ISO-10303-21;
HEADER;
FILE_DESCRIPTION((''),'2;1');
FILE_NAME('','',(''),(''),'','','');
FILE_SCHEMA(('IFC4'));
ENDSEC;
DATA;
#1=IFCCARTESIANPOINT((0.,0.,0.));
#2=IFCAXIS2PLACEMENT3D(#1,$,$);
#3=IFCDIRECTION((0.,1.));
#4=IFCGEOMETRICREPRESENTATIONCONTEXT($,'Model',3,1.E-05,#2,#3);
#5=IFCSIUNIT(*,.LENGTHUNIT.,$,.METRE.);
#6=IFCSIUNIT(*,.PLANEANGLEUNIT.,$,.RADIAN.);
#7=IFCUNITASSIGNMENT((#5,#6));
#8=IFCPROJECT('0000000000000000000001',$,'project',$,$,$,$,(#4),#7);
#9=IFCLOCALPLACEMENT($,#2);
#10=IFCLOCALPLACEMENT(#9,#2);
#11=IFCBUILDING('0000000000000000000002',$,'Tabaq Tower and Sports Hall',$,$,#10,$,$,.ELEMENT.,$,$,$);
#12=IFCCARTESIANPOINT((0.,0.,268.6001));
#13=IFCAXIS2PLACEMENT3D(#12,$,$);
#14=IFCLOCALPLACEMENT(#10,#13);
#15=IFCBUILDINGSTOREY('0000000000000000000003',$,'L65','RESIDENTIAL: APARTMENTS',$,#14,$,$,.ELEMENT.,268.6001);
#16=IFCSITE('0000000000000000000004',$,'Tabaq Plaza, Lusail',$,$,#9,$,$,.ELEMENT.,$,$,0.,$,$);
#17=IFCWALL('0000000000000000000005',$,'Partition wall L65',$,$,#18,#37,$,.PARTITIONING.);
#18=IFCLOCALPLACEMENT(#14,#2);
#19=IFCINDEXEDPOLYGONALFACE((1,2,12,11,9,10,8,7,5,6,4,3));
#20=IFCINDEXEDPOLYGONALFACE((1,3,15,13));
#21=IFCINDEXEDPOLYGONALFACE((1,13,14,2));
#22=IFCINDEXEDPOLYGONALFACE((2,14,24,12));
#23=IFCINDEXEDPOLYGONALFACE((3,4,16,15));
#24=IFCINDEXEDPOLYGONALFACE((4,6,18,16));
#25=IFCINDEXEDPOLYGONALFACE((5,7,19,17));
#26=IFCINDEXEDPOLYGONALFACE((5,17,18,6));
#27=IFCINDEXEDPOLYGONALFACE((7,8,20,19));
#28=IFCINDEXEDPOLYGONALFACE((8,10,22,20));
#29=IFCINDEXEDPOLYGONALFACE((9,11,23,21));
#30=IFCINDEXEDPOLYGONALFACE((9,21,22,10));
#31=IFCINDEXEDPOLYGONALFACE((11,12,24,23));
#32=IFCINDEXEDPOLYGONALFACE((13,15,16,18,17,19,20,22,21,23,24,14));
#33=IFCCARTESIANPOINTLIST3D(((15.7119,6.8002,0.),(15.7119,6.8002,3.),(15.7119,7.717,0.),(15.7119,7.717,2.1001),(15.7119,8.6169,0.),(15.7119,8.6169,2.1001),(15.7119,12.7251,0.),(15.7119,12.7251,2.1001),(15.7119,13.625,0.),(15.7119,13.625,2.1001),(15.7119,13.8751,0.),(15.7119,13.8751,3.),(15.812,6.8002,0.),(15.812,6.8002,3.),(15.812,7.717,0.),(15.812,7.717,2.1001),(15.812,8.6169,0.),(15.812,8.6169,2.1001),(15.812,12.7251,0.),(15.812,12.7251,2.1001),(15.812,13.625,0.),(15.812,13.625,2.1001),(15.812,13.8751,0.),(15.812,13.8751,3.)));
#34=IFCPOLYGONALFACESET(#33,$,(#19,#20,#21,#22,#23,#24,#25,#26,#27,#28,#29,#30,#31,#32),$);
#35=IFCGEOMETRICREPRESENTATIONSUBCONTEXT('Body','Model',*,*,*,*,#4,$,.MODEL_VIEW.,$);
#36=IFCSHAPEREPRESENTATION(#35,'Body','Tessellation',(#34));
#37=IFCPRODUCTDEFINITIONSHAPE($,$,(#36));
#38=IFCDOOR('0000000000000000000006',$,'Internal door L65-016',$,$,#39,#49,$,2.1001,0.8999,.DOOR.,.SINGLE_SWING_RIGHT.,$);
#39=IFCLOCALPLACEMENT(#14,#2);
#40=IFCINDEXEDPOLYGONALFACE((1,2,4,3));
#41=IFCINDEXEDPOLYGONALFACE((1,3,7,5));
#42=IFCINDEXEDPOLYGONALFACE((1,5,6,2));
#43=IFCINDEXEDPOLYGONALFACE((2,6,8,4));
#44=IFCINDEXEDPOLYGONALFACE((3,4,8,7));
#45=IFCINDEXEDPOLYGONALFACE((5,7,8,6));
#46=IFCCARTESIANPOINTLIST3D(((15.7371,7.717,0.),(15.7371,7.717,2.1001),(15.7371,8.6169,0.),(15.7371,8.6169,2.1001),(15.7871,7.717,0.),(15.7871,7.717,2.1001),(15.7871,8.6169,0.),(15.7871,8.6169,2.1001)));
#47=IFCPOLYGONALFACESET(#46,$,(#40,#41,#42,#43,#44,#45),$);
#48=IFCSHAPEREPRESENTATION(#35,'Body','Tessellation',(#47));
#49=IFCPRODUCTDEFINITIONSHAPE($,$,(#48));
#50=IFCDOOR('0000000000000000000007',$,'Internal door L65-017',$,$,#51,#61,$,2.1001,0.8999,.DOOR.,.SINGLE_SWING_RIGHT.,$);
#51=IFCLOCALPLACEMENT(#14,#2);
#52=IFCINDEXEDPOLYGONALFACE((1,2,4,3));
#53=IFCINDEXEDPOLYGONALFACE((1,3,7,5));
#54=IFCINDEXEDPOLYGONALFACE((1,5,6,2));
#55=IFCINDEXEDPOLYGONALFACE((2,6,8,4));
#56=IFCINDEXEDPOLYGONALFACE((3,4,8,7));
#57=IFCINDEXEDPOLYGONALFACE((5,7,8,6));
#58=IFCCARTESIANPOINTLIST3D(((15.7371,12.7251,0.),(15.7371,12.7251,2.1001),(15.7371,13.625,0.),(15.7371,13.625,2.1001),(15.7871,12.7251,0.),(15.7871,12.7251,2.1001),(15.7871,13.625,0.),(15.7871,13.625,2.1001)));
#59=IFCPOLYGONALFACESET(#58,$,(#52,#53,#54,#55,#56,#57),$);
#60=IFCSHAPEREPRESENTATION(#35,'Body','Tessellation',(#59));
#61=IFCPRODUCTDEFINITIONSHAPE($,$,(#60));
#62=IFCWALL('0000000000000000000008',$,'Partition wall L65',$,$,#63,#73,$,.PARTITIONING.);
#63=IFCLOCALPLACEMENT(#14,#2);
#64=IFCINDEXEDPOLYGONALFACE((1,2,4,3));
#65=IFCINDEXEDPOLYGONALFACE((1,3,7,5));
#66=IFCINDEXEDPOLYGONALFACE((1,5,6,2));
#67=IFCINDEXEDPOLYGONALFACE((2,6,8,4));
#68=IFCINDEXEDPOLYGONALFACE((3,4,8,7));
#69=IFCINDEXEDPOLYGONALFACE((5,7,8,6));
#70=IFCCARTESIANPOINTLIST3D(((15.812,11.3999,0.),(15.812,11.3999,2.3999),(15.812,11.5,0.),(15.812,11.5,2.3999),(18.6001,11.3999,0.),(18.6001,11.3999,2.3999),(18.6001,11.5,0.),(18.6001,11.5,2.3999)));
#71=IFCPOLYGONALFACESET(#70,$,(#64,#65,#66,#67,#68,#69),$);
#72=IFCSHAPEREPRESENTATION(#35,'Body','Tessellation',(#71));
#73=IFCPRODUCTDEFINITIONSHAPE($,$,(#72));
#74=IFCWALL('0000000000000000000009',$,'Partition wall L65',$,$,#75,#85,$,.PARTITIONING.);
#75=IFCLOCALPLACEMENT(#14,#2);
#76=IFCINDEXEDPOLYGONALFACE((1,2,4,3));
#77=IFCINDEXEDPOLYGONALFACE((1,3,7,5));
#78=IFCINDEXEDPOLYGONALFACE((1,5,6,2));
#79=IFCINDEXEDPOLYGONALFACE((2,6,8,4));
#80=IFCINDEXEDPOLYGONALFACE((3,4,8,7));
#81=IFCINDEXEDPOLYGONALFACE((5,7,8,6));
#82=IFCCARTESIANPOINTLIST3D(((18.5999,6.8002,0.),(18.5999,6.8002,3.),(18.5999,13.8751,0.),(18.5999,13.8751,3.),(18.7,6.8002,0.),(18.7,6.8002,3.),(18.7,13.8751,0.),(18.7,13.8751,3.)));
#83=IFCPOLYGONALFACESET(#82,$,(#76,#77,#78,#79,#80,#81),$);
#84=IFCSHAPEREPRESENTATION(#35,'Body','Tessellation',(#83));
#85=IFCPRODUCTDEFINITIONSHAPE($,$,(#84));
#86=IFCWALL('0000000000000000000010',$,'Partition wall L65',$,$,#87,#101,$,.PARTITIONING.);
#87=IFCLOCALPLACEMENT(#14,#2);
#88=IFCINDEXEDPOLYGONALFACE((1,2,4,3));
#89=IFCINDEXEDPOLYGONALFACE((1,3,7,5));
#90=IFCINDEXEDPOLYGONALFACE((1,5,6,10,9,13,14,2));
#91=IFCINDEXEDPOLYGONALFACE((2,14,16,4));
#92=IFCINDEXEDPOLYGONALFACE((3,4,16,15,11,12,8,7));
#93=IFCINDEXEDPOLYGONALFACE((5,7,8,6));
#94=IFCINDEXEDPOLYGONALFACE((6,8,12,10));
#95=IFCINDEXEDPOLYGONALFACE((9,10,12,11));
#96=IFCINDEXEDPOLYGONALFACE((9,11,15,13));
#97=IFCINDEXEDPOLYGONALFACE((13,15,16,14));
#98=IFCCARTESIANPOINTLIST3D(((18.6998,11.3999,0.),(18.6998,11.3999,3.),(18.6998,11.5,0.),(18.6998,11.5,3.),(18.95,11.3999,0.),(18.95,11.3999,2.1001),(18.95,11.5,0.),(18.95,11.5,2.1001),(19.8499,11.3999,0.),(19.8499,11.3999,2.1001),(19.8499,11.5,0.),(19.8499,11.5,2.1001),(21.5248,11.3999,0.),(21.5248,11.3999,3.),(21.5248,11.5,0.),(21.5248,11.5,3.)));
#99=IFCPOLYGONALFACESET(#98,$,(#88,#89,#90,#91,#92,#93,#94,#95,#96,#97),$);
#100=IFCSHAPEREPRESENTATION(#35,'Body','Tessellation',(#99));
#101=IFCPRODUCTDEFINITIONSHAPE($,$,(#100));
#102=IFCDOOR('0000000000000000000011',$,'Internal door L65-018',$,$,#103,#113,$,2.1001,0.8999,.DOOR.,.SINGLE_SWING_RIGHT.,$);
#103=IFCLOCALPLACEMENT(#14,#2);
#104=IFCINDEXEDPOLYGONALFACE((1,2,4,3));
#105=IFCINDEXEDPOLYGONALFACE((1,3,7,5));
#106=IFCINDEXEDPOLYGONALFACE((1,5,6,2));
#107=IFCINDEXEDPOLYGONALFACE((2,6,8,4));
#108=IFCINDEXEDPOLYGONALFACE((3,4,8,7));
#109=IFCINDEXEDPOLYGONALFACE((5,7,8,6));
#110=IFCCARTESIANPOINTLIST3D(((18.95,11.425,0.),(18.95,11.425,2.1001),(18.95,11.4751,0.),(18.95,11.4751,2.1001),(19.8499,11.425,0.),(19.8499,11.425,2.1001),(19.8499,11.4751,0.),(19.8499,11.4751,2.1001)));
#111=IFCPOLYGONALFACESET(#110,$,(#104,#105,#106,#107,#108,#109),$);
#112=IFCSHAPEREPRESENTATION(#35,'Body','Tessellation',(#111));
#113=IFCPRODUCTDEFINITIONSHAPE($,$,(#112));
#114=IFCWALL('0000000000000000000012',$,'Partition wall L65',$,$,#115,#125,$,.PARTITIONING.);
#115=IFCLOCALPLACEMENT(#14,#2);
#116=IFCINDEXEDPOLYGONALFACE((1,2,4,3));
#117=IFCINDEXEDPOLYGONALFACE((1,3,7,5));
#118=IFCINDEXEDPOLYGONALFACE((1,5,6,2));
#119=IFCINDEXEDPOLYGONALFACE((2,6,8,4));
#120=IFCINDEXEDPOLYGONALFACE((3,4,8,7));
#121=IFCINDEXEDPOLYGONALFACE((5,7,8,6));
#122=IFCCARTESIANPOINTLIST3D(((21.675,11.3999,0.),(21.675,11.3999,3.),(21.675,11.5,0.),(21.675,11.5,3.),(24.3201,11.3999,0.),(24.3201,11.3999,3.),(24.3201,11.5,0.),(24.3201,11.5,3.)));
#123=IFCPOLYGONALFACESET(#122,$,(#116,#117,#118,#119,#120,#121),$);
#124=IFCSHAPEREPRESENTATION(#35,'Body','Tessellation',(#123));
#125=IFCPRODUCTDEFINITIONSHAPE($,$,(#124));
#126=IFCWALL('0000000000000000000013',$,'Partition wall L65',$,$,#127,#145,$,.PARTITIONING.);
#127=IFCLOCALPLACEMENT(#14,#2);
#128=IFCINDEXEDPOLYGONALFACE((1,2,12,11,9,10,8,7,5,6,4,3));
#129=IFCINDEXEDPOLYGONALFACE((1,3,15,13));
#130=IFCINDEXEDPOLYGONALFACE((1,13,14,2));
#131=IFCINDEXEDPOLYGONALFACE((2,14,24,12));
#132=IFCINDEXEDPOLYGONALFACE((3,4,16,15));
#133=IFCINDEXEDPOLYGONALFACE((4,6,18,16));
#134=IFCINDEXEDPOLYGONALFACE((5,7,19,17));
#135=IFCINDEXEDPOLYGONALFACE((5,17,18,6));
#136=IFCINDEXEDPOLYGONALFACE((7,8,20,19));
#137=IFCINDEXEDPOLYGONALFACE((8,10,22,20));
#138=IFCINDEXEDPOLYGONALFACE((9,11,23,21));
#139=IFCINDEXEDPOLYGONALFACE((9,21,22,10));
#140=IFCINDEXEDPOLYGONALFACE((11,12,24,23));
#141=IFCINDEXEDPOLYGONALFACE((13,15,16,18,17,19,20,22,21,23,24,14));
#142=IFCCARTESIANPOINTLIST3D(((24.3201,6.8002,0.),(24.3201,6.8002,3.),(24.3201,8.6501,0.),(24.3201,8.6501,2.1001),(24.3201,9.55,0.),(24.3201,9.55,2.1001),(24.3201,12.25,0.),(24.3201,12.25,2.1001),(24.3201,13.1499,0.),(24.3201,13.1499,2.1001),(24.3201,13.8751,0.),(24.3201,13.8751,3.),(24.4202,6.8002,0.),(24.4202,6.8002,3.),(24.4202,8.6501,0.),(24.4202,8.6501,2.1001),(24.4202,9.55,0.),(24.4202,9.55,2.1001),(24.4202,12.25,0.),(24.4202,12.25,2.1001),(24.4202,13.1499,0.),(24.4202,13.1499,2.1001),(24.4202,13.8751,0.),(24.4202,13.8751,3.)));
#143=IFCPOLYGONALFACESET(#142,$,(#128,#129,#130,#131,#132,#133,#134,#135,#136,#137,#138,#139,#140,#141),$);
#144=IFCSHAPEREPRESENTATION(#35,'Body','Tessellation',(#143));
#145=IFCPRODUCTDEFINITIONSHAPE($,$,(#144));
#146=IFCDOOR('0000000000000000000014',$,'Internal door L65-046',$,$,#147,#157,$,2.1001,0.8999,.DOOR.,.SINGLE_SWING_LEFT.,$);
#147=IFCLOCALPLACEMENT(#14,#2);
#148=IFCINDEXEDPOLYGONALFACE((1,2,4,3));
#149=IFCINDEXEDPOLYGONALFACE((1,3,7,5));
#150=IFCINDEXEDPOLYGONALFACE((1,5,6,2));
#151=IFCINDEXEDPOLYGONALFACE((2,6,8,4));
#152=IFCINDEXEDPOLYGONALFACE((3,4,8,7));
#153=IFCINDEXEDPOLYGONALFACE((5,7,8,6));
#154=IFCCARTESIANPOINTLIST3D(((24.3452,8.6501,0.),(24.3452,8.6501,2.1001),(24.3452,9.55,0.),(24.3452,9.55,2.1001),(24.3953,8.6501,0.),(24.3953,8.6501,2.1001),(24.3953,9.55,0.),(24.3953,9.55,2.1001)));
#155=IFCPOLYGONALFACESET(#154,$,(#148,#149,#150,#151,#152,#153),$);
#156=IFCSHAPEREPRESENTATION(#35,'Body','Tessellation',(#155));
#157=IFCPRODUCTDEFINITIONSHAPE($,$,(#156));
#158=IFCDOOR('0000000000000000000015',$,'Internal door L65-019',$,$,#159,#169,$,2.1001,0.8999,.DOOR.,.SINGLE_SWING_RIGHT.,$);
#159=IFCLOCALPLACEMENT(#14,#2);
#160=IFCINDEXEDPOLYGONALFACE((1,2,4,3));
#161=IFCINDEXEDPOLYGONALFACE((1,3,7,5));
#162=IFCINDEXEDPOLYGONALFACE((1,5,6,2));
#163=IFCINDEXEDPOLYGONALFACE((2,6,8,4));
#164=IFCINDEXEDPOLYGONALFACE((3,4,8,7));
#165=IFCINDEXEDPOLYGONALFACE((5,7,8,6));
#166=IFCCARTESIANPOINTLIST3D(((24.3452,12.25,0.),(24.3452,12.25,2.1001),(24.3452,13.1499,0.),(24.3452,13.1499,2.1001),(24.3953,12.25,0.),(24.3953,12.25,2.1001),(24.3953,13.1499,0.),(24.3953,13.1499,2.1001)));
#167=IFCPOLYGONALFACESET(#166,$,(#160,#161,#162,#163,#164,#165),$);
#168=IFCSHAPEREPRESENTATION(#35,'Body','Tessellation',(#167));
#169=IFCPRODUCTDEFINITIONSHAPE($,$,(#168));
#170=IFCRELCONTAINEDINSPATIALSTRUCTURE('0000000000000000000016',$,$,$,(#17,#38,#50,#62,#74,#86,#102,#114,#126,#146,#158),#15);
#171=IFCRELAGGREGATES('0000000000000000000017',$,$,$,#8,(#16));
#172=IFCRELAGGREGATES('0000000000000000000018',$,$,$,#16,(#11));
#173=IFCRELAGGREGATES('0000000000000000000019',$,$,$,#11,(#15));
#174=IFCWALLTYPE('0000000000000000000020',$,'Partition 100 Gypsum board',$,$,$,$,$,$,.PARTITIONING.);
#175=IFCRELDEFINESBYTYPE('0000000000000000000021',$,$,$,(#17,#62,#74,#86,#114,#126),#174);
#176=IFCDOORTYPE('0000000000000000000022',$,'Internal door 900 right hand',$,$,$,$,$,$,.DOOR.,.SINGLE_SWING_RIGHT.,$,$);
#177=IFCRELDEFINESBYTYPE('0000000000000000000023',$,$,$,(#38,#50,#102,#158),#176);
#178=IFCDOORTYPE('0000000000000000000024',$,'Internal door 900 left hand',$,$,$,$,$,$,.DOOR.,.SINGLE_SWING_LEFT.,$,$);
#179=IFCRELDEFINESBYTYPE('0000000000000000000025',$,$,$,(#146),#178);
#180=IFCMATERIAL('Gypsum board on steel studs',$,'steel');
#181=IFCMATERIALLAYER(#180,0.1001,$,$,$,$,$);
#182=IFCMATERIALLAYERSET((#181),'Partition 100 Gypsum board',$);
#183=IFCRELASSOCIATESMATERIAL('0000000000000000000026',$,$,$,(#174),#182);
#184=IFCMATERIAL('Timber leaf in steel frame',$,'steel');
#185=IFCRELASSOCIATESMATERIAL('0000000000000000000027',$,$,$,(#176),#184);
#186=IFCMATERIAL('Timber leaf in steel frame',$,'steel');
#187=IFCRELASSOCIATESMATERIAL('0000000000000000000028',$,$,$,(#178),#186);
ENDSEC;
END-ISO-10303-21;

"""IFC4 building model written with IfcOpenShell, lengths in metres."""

from ifc_helpers import new_model, si_unit, direction, frame, frame_2d, origin, place, context, subcontext, project, spatial, rectangle, extrude, material, layer, layer_set, type_object, element, fill, save


model = new_model("IFC4")

# Units and contexts
model_context = context("Model", 3, precision=1e-05, world=origin(), true_north=direction((0.0, 1.0)))
body_context = subcontext(model_context, "Body", "Model", "MODEL_VIEW")
ifc_project = project(units=[si_unit("LENGTHUNIT", "METRE"), si_unit("PLANEANGLEUNIT", "RADIAN")], contexts=[model_context])

# Site, building, storey
site_placement = place(None, origin())
site = spatial("IfcSite", under=ifc_project, at=site_placement, Name="Tabaq Plaza, Lusail", CompositionType="ELEMENT", RefElevation=0.0)
building_placement = place(site_placement, origin())
building = spatial("IfcBuilding", under=site, at=building_placement, Name="Tabaq Tower and Sports Hall", CompositionType="ELEMENT")
storey_placement = place(building_placement, frame((0.0, 0.0, 268.6001)))
storey = spatial("IfcBuildingStorey", under=building, at=storey_placement, Name="L65", Description="RESIDENTIAL: APARTMENTS", CompositionType="ELEMENT", Elevation=268.6001)

# Shared definitions
ifc_material_1 = material(Name="Gypsum board on steel studs", Category="steel")
ifc_layer_1 = layer(ifc_material_1, 0.1001)
ifc_layer_set_1 = layer_set([ifc_layer_1], Name="Partition 100 Gypsum board")
wall_type_1 = type_object("IfcWallType", Name="Partition 100 Gypsum board", PredefinedType="PARTITIONING", material=ifc_layer_set_1)

# Wall, openings, doors
wall_1_placement = place(storey_placement, frame((15.762, 6.8, 0.0), z_axis=(0.0, 0.0, 1.0), x_axis=(0.0, 1.0, 0.0)))
wall_1 = element("IfcWall", 1, at=wall_1_placement, inside=storey, type_object=wall_type_1, Name="Partition wall L65", PredefinedType="PARTITIONING", context=body_context, shape_type="SweptSolid", body=[
    extrude(rectangle(XDim=7.075, YDim=0.1001, at=frame_2d((3.5376, 0.0))), origin(), (0.0, 0.0, 1.0), 3.0),
])
opening_1_placement = place(wall_1_placement, frame((0.917, 0.0, 0.0)))
opening_1 = element("IfcOpeningElement", 2, at=opening_1_placement, cuts=wall_1, PredefinedType="OPENING", context=body_context, shape_type="SweptSolid", body=[
    extrude(rectangle(XDim=0.8999, YDim=2.1001, at=frame_2d((0.45, 1.05))), frame((0.0, 0.05, 0.0), z_axis=(0.0, -1.0, 0.0), x_axis=(1.0, 0.0, 0.0)), (0.0, 0.0, 1.0), 0.1001),
])
opening_2_placement = place(wall_1_placement, frame((5.925, 0.0, 0.0)))
opening_2 = element("IfcOpeningElement", 3, at=opening_2_placement, cuts=wall_1, PredefinedType="OPENING", context=body_context, shape_type="SweptSolid", body=[
    extrude(rectangle(XDim=0.8999, YDim=2.1001, at=frame_2d((0.45, 1.05))), frame((0.0, 0.05, 0.0), z_axis=(0.0, -1.0, 0.0), x_axis=(1.0, 0.0, 0.0)), (0.0, 0.0, 1.0), 0.1001),
])
ifc_material_2 = material(Name="Timber leaf in steel frame", Category="steel")
door_type_1 = type_object("IfcDoorType", Name="Internal door 900 right hand", OperationType="SINGLE_SWING_RIGHT", PredefinedType="DOOR", material=ifc_material_2)
door_1_placement = place(opening_1_placement, origin())
door_1 = element("IfcDoor", 4, at=door_1_placement, inside=storey, type_object=door_type_1, Name="Internal door L65-016", OperationType="SINGLE_SWING_RIGHT", OverallHeight=2.1001, OverallWidth=0.8999, PredefinedType="DOOR", context=body_context, shape_type="SweptSolid", body=[
    extrude(rectangle(XDim=0.8999, YDim=2.1001, at=frame_2d((0.45, 1.05))), frame((0.0, 0.0249, 0.0), z_axis=(0.0, -1.0, 0.0), x_axis=(1.0, 0.0, 0.0)), (0.0, 0.0, 1.0), 0.05),
])
fill(opening_1, door_1)
door_2_placement = place(opening_2_placement, origin())
door_2 = element("IfcDoor", 5, at=door_2_placement, inside=storey, type_object=door_type_1, Name="Internal door L65-017", OperationType="SINGLE_SWING_RIGHT", OverallHeight=2.1001, OverallWidth=0.8999, PredefinedType="DOOR", context=body_context, shape_type="SweptSolid", body=[
    extrude(rectangle(XDim=0.8999, YDim=2.1001, at=frame_2d((0.45, 1.05))), frame((0.0, 0.0249, 0.0), z_axis=(0.0, -1.0, 0.0), x_axis=(1.0, 0.0, 0.0)), (0.0, 0.0, 1.0), 0.05),
])
fill(opening_2, door_2)

# Walls
wall_2_placement = place(storey_placement, frame((18.6001, 11.45, 0.0), z_axis=(0.0, 0.0, 1.0), x_axis=(-1.0, 0.0, 0.0)))
element("IfcWall", 6, at=wall_2_placement, inside=storey, type_object=wall_type_1, Name="Partition wall L65", PredefinedType="PARTITIONING", context=body_context, shape_type="SweptSolid", body=[
    extrude(rectangle(XDim=2.7881, YDim=0.1001, at=frame_2d((1.394, 0.0))), origin(), (0.0, 0.0, 1.0), 2.3999),
])
wall_3_placement = place(storey_placement, frame((18.6499, 6.8, 0.0), z_axis=(0.0, 0.0, 1.0), x_axis=(0.0, 1.0, 0.0)))
element("IfcWall", 7, at=wall_3_placement, inside=storey, type_object=wall_type_1, Name="Partition wall L65", PredefinedType="PARTITIONING", context=body_context, shape_type="SweptSolid", body=[
    extrude(rectangle(XDim=7.075, YDim=0.1001, at=frame_2d((3.5376, 0.0))), origin(), (0.0, 0.0, 1.0), 3.0),
])

# Wall, opening, door
wall_4_placement = place(storey_placement, frame((21.5249, 11.45, 0.0), z_axis=(0.0, 0.0, 1.0), x_axis=(-1.0, 0.0, 0.0)))
wall_4 = element("IfcWall", 8, at=wall_4_placement, inside=storey, type_object=wall_type_1, Name="Partition wall L65", PredefinedType="PARTITIONING", context=body_context, shape_type="SweptSolid", body=[
    extrude(rectangle(XDim=2.825, YDim=0.1001, at=frame_2d((1.4126, 0.0))), origin(), (0.0, 0.0, 1.0), 3.0),
])
opening_3_placement = place(wall_4_placement, frame((1.675, 0.0, 0.0)))
opening_3 = element("IfcOpeningElement", 9, at=opening_3_placement, cuts=wall_4, PredefinedType="OPENING", context=body_context, shape_type="SweptSolid", body=[
    extrude(rectangle(XDim=0.8999, YDim=2.1001, at=frame_2d((0.45, 1.05))), frame((0.0, 0.05, 0.0), z_axis=(0.0, -1.0, 0.0), x_axis=(1.0, 0.0, 0.0)), (0.0, 0.0, 1.0), 0.1001),
])
door_3_placement = place(opening_3_placement, origin())
door_3 = element("IfcDoor", 10, at=door_3_placement, inside=storey, type_object=door_type_1, Name="Internal door L65-018", OperationType="SINGLE_SWING_RIGHT", OverallHeight=2.1001, OverallWidth=0.8999, PredefinedType="DOOR", context=body_context, shape_type="SweptSolid", body=[
    extrude(rectangle(XDim=0.8999, YDim=2.1001, at=frame_2d((0.45, 1.05))), frame((0.0, 0.0249, 0.0), z_axis=(0.0, -1.0, 0.0), x_axis=(1.0, 0.0, 0.0)), (0.0, 0.0, 1.0), 0.05),
])
fill(opening_3, door_3)

# Wall
wall_5_placement = place(storey_placement, frame((24.3201, 11.45, 0.0), z_axis=(0.0, 0.0, 1.0), x_axis=(-1.0, 0.0, 0.0)))
element("IfcWall", 11, at=wall_5_placement, inside=storey, type_object=wall_type_1, Name="Partition wall L65", PredefinedType="PARTITIONING", context=body_context, shape_type="SweptSolid", body=[
    extrude(rectangle(XDim=2.645, YDim=0.1001, at=frame_2d((1.3225, 0.0))), origin(), (0.0, 0.0, 1.0), 3.0),
])

# Wall, openings, doors
wall_6_placement = place(storey_placement, frame((24.3701, 6.8, 0.0), z_axis=(0.0, 0.0, 1.0), x_axis=(0.0, 1.0, 0.0)))
wall_6 = element("IfcWall", 12, at=wall_6_placement, inside=storey, type_object=wall_type_1, Name="Partition wall L65", PredefinedType="PARTITIONING", context=body_context, shape_type="SweptSolid", body=[
    extrude(rectangle(XDim=7.075, YDim=0.1001, at=frame_2d((3.5376, 0.0))), origin(), (0.0, 0.0, 1.0), 3.0),
])
opening_4_placement = place(wall_6_placement, frame((5.45, 0.0, 0.0)))
opening_4 = element("IfcOpeningElement", 13, at=opening_4_placement, cuts=wall_6, PredefinedType="OPENING", context=body_context, shape_type="SweptSolid", body=[
    extrude(rectangle(XDim=0.8999, YDim=2.1001, at=frame_2d((0.45, 1.05))), frame((0.0, 0.05, 0.0), z_axis=(0.0, -1.0, 0.0), x_axis=(1.0, 0.0, 0.0)), (0.0, 0.0, 1.0), 0.1001),
])
opening_5_placement = place(wall_6_placement, frame((1.8501, 0.0, 0.0)))
opening_5 = element("IfcOpeningElement", 14, at=opening_5_placement, cuts=wall_6, PredefinedType="OPENING", context=body_context, shape_type="SweptSolid", body=[
    extrude(rectangle(XDim=0.8999, YDim=2.1001, at=frame_2d((0.45, 1.05))), frame((0.0, 0.05, 0.0), z_axis=(0.0, -1.0, 0.0), x_axis=(1.0, 0.0, 0.0)), (0.0, 0.0, 1.0), 0.1001),
])
ifc_material_3 = material(Name="Timber leaf in steel frame", Category="steel")
door_type_2 = type_object("IfcDoorType", Name="Internal door 900 left hand", OperationType="SINGLE_SWING_LEFT", PredefinedType="DOOR", material=ifc_material_3)
door_4_placement = place(opening_5_placement, origin())
door_4 = element("IfcDoor", 15, at=door_4_placement, inside=storey, type_object=door_type_2, Name="Internal door L65-046", OperationType="SINGLE_SWING_LEFT", OverallHeight=2.1001, OverallWidth=0.8999, PredefinedType="DOOR", context=body_context, shape_type="SweptSolid", body=[
    extrude(rectangle(XDim=0.8999, YDim=2.1001, at=frame_2d((0.45, 1.05))), frame((0.0, 0.0249, 0.0), z_axis=(0.0, -1.0, 0.0), x_axis=(1.0, 0.0, 0.0)), (0.0, 0.0, 1.0), 0.05),
])
fill(opening_5, door_4)
door_5_placement = place(opening_4_placement, origin())
door_5 = element("IfcDoor", 16, at=door_5_placement, inside=storey, type_object=door_type_1, Name="Internal door L65-019", OperationType="SINGLE_SWING_RIGHT", OverallHeight=2.1001, OverallWidth=0.8999, PredefinedType="DOOR", context=body_context, shape_type="SweptSolid", body=[
    extrude(rectangle(XDim=0.8999, YDim=2.1001, at=frame_2d((0.45, 1.05))), frame((0.0, 0.0249, 0.0), z_axis=(0.0, -1.0, 0.0), x_axis=(1.0, 0.0, 0.0)), (0.0, 0.0, 1.0), 0.05),
])
fill(opening_4, door_5)

save(model, "model.ifc")
